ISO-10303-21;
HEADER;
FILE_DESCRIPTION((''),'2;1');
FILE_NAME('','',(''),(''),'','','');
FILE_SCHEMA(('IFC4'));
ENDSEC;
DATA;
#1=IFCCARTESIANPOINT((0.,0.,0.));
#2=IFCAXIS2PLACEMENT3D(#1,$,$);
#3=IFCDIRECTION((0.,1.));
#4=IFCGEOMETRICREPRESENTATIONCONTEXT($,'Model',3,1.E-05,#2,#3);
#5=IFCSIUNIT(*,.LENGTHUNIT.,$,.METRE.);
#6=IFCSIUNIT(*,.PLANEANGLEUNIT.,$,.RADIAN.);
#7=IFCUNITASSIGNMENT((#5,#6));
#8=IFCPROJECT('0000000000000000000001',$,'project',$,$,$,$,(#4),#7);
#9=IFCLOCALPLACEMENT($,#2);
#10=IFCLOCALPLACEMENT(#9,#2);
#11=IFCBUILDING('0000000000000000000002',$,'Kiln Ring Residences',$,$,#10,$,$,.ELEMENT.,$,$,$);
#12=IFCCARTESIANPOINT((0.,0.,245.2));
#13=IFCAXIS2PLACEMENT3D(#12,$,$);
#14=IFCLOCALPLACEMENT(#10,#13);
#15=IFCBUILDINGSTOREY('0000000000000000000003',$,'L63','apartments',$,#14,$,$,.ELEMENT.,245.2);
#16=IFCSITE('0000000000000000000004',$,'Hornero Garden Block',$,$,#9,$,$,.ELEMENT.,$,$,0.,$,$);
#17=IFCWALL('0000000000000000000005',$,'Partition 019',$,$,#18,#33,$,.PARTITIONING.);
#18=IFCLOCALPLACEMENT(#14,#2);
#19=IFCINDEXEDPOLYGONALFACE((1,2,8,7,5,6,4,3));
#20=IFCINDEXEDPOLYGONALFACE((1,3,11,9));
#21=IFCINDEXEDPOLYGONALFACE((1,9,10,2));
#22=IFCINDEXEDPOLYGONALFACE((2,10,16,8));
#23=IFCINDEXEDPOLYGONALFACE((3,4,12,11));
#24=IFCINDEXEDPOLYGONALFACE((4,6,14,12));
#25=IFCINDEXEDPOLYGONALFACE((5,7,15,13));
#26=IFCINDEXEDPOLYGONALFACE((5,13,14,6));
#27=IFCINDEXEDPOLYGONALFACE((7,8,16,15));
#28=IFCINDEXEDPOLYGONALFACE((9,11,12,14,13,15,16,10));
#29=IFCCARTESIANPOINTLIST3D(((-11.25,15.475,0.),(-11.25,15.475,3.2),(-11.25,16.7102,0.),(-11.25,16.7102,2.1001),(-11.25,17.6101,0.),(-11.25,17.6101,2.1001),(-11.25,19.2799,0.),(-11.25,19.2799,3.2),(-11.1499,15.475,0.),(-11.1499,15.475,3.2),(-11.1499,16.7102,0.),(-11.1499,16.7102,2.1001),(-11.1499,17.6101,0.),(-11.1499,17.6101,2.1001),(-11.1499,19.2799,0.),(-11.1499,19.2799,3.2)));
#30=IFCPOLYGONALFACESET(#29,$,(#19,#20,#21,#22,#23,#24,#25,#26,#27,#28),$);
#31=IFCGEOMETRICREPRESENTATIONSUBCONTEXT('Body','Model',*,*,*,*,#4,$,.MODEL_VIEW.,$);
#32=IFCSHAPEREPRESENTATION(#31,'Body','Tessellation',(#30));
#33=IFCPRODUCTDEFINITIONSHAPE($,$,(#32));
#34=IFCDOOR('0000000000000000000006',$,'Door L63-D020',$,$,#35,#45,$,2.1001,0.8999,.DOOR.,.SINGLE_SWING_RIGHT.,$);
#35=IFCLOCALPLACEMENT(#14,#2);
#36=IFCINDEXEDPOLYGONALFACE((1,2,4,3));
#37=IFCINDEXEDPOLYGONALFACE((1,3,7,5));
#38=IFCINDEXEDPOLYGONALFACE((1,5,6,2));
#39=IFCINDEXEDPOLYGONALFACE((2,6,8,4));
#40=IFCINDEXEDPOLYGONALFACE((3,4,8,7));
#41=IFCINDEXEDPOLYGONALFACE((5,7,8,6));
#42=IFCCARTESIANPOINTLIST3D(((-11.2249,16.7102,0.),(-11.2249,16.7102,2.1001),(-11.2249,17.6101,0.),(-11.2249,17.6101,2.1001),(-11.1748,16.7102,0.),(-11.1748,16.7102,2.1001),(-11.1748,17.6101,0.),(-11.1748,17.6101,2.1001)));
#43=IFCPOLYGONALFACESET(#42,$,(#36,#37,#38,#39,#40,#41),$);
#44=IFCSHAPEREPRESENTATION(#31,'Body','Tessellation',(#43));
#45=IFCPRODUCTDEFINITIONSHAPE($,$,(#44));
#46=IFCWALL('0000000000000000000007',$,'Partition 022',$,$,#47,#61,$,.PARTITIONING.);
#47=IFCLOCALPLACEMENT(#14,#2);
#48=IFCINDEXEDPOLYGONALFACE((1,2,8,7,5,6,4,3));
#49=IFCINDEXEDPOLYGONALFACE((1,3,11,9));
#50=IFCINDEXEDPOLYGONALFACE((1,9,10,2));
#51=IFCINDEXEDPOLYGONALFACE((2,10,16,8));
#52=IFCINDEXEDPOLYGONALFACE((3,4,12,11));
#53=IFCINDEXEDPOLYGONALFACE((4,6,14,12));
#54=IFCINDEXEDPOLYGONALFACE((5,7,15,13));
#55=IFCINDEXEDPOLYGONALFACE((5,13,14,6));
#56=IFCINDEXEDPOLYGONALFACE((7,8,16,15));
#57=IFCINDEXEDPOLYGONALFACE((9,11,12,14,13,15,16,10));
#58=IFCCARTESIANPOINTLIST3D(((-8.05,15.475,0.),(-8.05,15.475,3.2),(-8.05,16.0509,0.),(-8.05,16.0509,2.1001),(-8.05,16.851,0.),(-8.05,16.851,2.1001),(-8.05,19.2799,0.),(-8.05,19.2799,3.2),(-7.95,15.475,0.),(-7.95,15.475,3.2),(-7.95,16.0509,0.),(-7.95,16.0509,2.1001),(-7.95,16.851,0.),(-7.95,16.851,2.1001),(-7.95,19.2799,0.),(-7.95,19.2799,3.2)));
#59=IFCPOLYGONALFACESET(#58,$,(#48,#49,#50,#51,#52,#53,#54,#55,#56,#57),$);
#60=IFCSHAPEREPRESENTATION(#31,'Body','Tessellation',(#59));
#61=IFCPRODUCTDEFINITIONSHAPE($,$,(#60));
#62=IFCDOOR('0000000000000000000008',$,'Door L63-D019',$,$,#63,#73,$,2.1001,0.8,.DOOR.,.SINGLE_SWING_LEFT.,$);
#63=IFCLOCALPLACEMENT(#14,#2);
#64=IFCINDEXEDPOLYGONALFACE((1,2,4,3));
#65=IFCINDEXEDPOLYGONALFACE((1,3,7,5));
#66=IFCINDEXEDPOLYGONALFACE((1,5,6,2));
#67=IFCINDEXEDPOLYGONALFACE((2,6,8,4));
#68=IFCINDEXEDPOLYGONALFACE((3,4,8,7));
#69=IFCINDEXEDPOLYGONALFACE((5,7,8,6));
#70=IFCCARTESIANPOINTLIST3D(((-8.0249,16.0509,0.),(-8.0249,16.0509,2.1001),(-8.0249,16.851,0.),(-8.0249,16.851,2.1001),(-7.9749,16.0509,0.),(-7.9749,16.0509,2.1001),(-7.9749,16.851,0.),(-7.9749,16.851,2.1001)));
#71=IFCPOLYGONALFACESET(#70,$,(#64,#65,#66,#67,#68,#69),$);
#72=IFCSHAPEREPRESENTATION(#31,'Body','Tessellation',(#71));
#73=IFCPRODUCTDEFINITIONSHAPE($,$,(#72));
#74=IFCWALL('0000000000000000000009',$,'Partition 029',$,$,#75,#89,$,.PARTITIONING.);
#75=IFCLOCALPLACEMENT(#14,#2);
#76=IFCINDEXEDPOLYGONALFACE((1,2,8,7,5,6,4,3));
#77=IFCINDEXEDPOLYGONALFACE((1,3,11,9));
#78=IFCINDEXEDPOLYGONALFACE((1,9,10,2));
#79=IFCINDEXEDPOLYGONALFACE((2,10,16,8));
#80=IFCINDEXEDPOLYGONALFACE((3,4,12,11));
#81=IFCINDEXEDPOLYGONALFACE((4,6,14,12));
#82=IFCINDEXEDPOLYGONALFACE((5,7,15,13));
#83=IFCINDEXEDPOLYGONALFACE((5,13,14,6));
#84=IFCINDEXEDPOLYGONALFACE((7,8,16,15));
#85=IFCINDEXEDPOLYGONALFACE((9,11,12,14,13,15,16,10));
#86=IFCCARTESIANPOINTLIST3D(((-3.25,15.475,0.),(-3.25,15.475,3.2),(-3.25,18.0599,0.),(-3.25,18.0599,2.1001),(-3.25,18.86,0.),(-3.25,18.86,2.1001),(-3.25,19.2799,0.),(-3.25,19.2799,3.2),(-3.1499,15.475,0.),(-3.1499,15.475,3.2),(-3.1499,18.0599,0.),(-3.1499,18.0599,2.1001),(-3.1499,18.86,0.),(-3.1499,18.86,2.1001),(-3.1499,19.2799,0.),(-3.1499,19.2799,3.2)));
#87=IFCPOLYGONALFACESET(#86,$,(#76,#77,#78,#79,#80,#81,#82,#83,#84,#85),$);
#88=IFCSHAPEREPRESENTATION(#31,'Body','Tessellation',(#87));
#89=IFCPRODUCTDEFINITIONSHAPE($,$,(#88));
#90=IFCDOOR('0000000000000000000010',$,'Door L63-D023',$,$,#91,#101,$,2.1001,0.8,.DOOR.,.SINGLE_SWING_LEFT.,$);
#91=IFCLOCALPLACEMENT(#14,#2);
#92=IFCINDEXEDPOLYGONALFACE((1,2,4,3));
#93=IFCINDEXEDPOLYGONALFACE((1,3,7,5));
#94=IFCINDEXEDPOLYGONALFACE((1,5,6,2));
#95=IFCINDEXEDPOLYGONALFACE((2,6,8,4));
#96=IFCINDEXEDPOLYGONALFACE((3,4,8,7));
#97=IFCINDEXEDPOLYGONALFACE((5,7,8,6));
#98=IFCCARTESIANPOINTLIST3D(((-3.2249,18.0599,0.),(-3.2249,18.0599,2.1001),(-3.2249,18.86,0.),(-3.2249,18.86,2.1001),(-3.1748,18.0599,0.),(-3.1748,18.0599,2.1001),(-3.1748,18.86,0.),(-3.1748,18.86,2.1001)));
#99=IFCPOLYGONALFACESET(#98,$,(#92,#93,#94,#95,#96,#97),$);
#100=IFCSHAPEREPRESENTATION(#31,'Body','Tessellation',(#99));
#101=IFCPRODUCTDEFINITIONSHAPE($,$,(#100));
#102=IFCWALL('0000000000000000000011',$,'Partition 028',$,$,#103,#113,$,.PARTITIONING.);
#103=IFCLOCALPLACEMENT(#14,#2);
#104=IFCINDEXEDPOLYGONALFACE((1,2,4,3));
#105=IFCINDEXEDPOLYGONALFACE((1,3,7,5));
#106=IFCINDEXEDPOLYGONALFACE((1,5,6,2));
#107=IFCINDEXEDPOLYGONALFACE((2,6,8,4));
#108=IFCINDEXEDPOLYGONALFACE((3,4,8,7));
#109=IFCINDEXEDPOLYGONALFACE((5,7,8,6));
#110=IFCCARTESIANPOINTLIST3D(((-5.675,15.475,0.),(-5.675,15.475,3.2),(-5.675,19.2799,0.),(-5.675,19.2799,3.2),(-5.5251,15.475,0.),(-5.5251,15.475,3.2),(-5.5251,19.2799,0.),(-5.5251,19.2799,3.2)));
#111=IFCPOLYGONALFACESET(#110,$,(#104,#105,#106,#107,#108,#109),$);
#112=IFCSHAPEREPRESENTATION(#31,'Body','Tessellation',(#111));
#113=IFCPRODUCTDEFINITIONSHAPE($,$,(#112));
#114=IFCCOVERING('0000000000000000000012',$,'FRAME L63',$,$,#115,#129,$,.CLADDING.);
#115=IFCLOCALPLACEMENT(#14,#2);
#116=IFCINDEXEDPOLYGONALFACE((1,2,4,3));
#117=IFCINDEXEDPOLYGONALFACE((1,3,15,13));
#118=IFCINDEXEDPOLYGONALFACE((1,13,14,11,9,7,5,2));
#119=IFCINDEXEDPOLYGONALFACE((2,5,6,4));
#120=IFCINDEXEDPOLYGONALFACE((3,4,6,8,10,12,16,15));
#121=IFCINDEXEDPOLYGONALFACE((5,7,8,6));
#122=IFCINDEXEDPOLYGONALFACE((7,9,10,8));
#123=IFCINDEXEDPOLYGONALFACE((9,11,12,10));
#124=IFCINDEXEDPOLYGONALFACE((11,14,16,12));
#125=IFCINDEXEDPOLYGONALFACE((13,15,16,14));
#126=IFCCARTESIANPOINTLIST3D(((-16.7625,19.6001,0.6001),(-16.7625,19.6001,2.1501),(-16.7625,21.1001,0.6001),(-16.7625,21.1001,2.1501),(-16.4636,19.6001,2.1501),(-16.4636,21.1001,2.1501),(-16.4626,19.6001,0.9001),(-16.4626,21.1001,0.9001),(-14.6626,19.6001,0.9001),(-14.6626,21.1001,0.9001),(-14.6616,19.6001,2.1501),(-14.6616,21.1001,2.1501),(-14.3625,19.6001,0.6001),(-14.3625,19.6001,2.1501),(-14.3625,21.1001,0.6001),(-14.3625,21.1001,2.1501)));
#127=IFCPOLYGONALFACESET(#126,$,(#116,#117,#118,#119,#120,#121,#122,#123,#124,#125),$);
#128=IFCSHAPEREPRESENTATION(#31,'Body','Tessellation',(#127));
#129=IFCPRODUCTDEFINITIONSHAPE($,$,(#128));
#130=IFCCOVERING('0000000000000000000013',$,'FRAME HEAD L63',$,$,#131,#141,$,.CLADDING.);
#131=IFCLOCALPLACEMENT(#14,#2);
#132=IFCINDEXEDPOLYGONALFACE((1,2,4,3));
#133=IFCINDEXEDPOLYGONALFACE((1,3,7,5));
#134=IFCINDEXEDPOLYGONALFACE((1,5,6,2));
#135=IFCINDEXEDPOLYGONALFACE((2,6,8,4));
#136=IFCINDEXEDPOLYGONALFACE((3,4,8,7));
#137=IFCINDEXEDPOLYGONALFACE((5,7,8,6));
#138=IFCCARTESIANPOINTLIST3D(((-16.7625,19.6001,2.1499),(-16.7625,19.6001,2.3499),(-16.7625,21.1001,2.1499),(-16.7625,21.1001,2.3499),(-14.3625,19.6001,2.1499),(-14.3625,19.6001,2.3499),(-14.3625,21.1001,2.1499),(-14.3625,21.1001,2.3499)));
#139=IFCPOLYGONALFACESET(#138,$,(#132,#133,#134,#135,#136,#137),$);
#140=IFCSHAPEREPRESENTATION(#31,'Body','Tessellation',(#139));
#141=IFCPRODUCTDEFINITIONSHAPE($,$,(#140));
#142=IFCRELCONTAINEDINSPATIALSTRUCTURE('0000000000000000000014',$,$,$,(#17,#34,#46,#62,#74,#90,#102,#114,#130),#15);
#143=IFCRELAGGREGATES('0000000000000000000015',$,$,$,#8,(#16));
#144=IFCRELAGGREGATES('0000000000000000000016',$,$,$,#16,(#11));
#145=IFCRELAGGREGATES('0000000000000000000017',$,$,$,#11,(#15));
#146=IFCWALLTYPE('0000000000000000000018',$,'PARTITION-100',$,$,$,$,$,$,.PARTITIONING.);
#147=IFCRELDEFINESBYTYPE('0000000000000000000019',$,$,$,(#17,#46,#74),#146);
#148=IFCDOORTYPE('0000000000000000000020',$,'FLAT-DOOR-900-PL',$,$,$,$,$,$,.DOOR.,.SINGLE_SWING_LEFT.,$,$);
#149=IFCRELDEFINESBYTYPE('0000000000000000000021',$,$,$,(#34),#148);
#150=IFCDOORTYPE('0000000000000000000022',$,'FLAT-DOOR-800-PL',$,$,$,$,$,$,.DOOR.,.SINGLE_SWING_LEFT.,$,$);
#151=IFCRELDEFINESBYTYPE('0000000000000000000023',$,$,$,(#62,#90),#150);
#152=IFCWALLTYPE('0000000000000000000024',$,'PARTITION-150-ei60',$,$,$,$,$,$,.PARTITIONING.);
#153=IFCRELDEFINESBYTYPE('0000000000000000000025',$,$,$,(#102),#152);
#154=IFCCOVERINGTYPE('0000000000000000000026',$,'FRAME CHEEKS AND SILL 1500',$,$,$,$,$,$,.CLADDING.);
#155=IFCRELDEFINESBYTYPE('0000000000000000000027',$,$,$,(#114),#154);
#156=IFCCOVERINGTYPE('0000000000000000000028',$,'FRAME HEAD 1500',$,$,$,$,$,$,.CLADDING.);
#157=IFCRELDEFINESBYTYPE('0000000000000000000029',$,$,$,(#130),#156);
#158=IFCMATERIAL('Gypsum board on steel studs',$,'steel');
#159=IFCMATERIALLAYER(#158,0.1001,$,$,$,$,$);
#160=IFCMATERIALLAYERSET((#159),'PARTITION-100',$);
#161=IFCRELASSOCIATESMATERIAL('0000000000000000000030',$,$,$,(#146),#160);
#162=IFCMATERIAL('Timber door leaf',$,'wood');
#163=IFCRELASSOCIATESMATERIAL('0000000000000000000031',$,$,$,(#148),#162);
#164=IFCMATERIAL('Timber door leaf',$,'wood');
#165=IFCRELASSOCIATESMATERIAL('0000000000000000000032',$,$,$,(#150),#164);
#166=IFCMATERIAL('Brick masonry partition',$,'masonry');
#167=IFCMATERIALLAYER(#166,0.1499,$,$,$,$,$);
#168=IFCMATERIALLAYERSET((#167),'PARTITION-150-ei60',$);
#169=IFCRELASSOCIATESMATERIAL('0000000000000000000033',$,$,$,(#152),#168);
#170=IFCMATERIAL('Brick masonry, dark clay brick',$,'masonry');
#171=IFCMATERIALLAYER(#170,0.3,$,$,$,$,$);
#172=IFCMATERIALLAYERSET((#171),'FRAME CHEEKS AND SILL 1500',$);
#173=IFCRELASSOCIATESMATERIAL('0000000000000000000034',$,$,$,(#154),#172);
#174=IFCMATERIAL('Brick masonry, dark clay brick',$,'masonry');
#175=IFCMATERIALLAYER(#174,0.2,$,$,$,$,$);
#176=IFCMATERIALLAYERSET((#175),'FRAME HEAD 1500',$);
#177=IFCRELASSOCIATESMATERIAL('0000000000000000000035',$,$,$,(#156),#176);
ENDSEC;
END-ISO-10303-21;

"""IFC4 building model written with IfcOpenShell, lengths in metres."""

from ifc_helpers import new_model, si_unit, direction, frame, frame_2d, origin, origin_2d, place, context, subcontext, project, spatial, polyline, rectangle, outline, extrude, material, layer, layer_set, type_object, element, fill, save


model = new_model("IFC4")

# Units and contexts
model_context = context("Model", 3, precision=1e-05, world=origin(), true_north=direction((0.0, 1.0)))
body_context = subcontext(model_context, "Body", "Model", "MODEL_VIEW")
ifc_project = project(units=[si_unit("LENGTHUNIT", "METRE"), si_unit("PLANEANGLEUNIT", "RADIAN")], contexts=[model_context])

# Site, building, storey
site_placement = place(None, origin())
site = spatial("IfcSite", under=ifc_project, at=site_placement, Name="Hornero Garden Block", CompositionType="ELEMENT", RefElevation=0.0)
building_placement = place(site_placement, origin())
building = spatial("IfcBuilding", under=site, at=building_placement, Name="Kiln Ring Residences", CompositionType="ELEMENT")
storey_placement = place(building_placement, frame((0.0, 0.0, 245.2)))
storey = spatial("IfcBuildingStorey", under=building, at=storey_placement, Name="L63", Description="apartments", CompositionType="ELEMENT", Elevation=245.2)

# Walls, openings, doors
ifc_material_1 = material(Name="Gypsum board on steel studs", Category="steel")
ifc_layer_1 = layer(ifc_material_1, 0.1001)
ifc_layer_set_1 = layer_set([ifc_layer_1], Name="PARTITION-100")
wall_type_1 = type_object("IfcWallType", Name="PARTITION-100", PredefinedType="PARTITIONING", material=ifc_layer_set_1)
ifc_material_2 = material(Name="Timber door leaf", Category="wood")
door_type_1 = type_object("IfcDoorType", Name="FLAT-DOOR-900-PL", OperationType="SINGLE_SWING_LEFT", PredefinedType="DOOR", material=ifc_material_2)
wall_1_placement = place(storey_placement, frame((-11.2, 15.4751, 0.0), z_axis=(0.0, 0.0, 1.0), x_axis=(0.0, 1.0, 0.0)))
wall_1 = element("IfcWall", 1, at=wall_1_placement, inside=storey, type_object=wall_type_1, Name="Partition 019", PredefinedType="PARTITIONING", context=body_context, shape_type="SweptSolid", body=[
    extrude(rectangle(XDim=3.8049, YDim=0.1001, at=frame_2d((1.9023, 0.0))), origin(), (0.0, 0.0, 1.0), 3.2),
])
opening_1_placement = place(wall_1_placement, frame((1.2351, 0.0, 0.0)))
opening_1 = element("IfcOpeningElement", 2, at=opening_1_placement, cuts=wall_1, PredefinedType="OPENING", context=body_context, shape_type="SweptSolid", body=[
    extrude(rectangle(XDim=0.8999, YDim=2.1001, at=frame_2d((0.45, 1.05))), frame((0.0, 0.0601, 0.0), z_axis=(0.0, -1.0, 0.0), x_axis=(1.0, 0.0, 0.0)), (0.0, 0.0, 1.0), 0.1201),
])
door_1_placement = place(opening_1_placement, origin())
door_1 = element("IfcDoor", 3, at=door_1_placement, inside=storey, type_object=door_type_1, Name="Door L63-D020", OperationType="SINGLE_SWING_RIGHT", OverallHeight=2.1001, OverallWidth=0.8999, PredefinedType="DOOR", context=body_context, shape_type="SweptSolid", body=[
    extrude(rectangle(XDim=0.8999, YDim=2.1001, at=frame_2d((0.45, 1.05))), frame((0.0, 0.0249, 0.0), z_axis=(0.0, -1.0, 0.0), x_axis=(1.0, 0.0, 0.0)), (0.0, 0.0, 1.0), 0.05),
])
fill(opening_1, door_1)
wall_2_placement = place(storey_placement, frame((-8.0, 15.4751, 0.0), z_axis=(0.0, 0.0, 1.0), x_axis=(0.0, 1.0, 0.0)))
wall_2 = element("IfcWall", 4, at=wall_2_placement, inside=storey, type_object=wall_type_1, Name="Partition 022", PredefinedType="PARTITIONING", context=body_context, shape_type="SweptSolid", body=[
    extrude(rectangle(XDim=3.8049, YDim=0.1001, at=frame_2d((1.9023, 0.0))), origin(), (0.0, 0.0, 1.0), 3.2),
])
opening_2_placement = place(wall_2_placement, frame((0.5759, 0.0, 0.0)))
opening_2 = element("IfcOpeningElement", 5, at=opening_2_placement, cuts=wall_2, PredefinedType="OPENING", context=body_context, shape_type="SweptSolid", body=[
    extrude(rectangle(XDim=0.8, YDim=2.1001, at=frame_2d((0.3999, 1.05))), frame((0.0, 0.0601, 0.0), z_axis=(0.0, -1.0, 0.0), x_axis=(1.0, 0.0, 0.0)), (0.0, 0.0, 1.0), 0.1201),
])
ifc_material_3 = material(Name="Timber door leaf", Category="wood")
door_type_2 = type_object("IfcDoorType", Name="FLAT-DOOR-800-PL", OperationType="SINGLE_SWING_LEFT", PredefinedType="DOOR", material=ifc_material_3)
door_2_placement = place(opening_2_placement, origin())
door_2 = element("IfcDoor", 6, at=door_2_placement, inside=storey, type_object=door_type_2, Name="Door L63-D019", OperationType="SINGLE_SWING_LEFT", OverallHeight=2.1001, OverallWidth=0.8, PredefinedType="DOOR", context=body_context, shape_type="SweptSolid", body=[
    extrude(rectangle(XDim=0.8, YDim=2.1001, at=frame_2d((0.3999, 1.05))), frame((0.0, 0.0249, 0.0), z_axis=(0.0, -1.0, 0.0), x_axis=(1.0, 0.0, 0.0)), (0.0, 0.0, 1.0), 0.05),
])
fill(opening_2, door_2)
wall_3_placement = place(storey_placement, frame((-3.2, 15.4751, 0.0), z_axis=(0.0, 0.0, 1.0), x_axis=(0.0, 1.0, 0.0)))
wall_3 = element("IfcWall", 7, at=wall_3_placement, inside=storey, type_object=wall_type_1, Name="Partition 029", PredefinedType="PARTITIONING", context=body_context, shape_type="SweptSolid", body=[
    extrude(rectangle(XDim=3.8049, YDim=0.1001, at=frame_2d((1.9023, 0.0))), origin(), (0.0, 0.0, 1.0), 3.2),
])
opening_3_placement = place(wall_3_placement, frame((2.585, 0.0, 0.0)))
opening_3 = element("IfcOpeningElement", 8, at=opening_3_placement, cuts=wall_3, PredefinedType="OPENING", context=body_context, shape_type="SweptSolid", body=[
    extrude(rectangle(XDim=0.8, YDim=2.1001, at=frame_2d((0.3999, 1.05))), frame((0.0, 0.0601, 0.0), z_axis=(0.0, -1.0, 0.0), x_axis=(1.0, 0.0, 0.0)), (0.0, 0.0, 1.0), 0.1201),
])
door_3_placement = place(opening_3_placement, origin())
door_3 = element("IfcDoor", 9, at=door_3_placement, inside=storey, type_object=door_type_2, Name="Door L63-D023", OperationType="SINGLE_SWING_LEFT", OverallHeight=2.1001, OverallWidth=0.8, PredefinedType="DOOR", context=body_context, shape_type="SweptSolid", body=[
    extrude(rectangle(XDim=0.8, YDim=2.1001, at=frame_2d((0.3999, 1.05))), frame((0.0, 0.0249, 0.0), z_axis=(0.0, -1.0, 0.0), x_axis=(1.0, 0.0, 0.0)), (0.0, 0.0, 1.0), 0.05),
])
fill(opening_3, door_3)

# Wall
ifc_material_4 = material(Name="Brick masonry partition", Category="masonry")
ifc_layer_2 = layer(ifc_material_4, 0.1499)
ifc_layer_set_2 = layer_set([ifc_layer_2], Name="PARTITION-150-ei60")
wall_type_2 = type_object("IfcWallType", Name="PARTITION-150-ei60", PredefinedType="PARTITIONING", material=ifc_layer_set_2)
wall_4_placement = place(storey_placement, frame((-5.6001, 15.4751, 0.0), z_axis=(0.0, 0.0, 1.0), x_axis=(0.0, 1.0, 0.0)))
element("IfcWall", 10, at=wall_4_placement, inside=storey, type_object=wall_type_2, Name="Partition 028", PredefinedType="PARTITIONING", context=body_context, shape_type="SweptSolid", body=[
    extrude(rectangle(XDim=3.8049, YDim=0.1499, at=frame_2d((1.9023, 0.0))), origin(), (0.0, 0.0, 1.0), 3.2),
])

# Coverings
ifc_material_5 = material(Name="Brick masonry, dark clay brick", Category="masonry")
ifc_layer_3 = layer(ifc_material_5, 0.3)
ifc_layer_set_3 = layer_set([ifc_layer_3], Name="FRAME CHEEKS AND SILL 1500")
covering_type_1 = type_object("IfcCoveringType", Name="FRAME CHEEKS AND SILL 1500", PredefinedType="CLADDING", material=ifc_layer_set_3)
covering_1_placement = place(storey_placement, frame((-14.3625, 20.3501, 0.6001), z_axis=(0.0, 0.0, 1.0), x_axis=(-1.0, 0.0, 0.0)))
element("IfcCovering", 11, at=covering_1_placement, inside=storey, type_object=covering_type_1, Name="FRAME L63", PredefinedType="CLADDING", context=body_context, shape_type="SweptSolid", body=[
    extrude(outline(polyline([(0.0, 0.0), (2.3999, 0.0), (2.3999, 1.55), (2.1011, 1.55), (2.1001, 0.3), (0.3, 0.3), (0.2991, 1.55), (0.0, 1.55), (0.0, 0.0)])), frame((0.0, 0.75, 0.0), z_axis=(0.0, -1.0, 0.0), x_axis=(1.0, 0.0, 0.0)), (0.0, 0.0, 1.0), 1.5),
])
ifc_material_6 = material(Name="Brick masonry, dark clay brick", Category="masonry")
ifc_layer_4 = layer(ifc_material_6, 0.2)
ifc_layer_set_4 = layer_set([ifc_layer_4], Name="FRAME HEAD 1500")
covering_type_2 = type_object("IfcCoveringType", Name="FRAME HEAD 1500", PredefinedType="CLADDING", material=ifc_layer_set_4)
covering_2_placement = place(storey_placement, frame((-15.5625, 20.3501, 2.1499), z_axis=(0.0, 0.0, 1.0), x_axis=(-1.0, 0.0, 0.0)))
element("IfcCovering", 12, at=covering_2_placement, inside=storey, type_object=covering_type_2, Name="FRAME HEAD L63", PredefinedType="CLADDING", context=body_context, shape_type="SweptSolid", body=[
    extrude(rectangle(XDim=2.3999, YDim=1.5, at=origin_2d()), origin(), (0.0, 0.0, 1.0), 0.2),
])

save(model, "model.ifc")
